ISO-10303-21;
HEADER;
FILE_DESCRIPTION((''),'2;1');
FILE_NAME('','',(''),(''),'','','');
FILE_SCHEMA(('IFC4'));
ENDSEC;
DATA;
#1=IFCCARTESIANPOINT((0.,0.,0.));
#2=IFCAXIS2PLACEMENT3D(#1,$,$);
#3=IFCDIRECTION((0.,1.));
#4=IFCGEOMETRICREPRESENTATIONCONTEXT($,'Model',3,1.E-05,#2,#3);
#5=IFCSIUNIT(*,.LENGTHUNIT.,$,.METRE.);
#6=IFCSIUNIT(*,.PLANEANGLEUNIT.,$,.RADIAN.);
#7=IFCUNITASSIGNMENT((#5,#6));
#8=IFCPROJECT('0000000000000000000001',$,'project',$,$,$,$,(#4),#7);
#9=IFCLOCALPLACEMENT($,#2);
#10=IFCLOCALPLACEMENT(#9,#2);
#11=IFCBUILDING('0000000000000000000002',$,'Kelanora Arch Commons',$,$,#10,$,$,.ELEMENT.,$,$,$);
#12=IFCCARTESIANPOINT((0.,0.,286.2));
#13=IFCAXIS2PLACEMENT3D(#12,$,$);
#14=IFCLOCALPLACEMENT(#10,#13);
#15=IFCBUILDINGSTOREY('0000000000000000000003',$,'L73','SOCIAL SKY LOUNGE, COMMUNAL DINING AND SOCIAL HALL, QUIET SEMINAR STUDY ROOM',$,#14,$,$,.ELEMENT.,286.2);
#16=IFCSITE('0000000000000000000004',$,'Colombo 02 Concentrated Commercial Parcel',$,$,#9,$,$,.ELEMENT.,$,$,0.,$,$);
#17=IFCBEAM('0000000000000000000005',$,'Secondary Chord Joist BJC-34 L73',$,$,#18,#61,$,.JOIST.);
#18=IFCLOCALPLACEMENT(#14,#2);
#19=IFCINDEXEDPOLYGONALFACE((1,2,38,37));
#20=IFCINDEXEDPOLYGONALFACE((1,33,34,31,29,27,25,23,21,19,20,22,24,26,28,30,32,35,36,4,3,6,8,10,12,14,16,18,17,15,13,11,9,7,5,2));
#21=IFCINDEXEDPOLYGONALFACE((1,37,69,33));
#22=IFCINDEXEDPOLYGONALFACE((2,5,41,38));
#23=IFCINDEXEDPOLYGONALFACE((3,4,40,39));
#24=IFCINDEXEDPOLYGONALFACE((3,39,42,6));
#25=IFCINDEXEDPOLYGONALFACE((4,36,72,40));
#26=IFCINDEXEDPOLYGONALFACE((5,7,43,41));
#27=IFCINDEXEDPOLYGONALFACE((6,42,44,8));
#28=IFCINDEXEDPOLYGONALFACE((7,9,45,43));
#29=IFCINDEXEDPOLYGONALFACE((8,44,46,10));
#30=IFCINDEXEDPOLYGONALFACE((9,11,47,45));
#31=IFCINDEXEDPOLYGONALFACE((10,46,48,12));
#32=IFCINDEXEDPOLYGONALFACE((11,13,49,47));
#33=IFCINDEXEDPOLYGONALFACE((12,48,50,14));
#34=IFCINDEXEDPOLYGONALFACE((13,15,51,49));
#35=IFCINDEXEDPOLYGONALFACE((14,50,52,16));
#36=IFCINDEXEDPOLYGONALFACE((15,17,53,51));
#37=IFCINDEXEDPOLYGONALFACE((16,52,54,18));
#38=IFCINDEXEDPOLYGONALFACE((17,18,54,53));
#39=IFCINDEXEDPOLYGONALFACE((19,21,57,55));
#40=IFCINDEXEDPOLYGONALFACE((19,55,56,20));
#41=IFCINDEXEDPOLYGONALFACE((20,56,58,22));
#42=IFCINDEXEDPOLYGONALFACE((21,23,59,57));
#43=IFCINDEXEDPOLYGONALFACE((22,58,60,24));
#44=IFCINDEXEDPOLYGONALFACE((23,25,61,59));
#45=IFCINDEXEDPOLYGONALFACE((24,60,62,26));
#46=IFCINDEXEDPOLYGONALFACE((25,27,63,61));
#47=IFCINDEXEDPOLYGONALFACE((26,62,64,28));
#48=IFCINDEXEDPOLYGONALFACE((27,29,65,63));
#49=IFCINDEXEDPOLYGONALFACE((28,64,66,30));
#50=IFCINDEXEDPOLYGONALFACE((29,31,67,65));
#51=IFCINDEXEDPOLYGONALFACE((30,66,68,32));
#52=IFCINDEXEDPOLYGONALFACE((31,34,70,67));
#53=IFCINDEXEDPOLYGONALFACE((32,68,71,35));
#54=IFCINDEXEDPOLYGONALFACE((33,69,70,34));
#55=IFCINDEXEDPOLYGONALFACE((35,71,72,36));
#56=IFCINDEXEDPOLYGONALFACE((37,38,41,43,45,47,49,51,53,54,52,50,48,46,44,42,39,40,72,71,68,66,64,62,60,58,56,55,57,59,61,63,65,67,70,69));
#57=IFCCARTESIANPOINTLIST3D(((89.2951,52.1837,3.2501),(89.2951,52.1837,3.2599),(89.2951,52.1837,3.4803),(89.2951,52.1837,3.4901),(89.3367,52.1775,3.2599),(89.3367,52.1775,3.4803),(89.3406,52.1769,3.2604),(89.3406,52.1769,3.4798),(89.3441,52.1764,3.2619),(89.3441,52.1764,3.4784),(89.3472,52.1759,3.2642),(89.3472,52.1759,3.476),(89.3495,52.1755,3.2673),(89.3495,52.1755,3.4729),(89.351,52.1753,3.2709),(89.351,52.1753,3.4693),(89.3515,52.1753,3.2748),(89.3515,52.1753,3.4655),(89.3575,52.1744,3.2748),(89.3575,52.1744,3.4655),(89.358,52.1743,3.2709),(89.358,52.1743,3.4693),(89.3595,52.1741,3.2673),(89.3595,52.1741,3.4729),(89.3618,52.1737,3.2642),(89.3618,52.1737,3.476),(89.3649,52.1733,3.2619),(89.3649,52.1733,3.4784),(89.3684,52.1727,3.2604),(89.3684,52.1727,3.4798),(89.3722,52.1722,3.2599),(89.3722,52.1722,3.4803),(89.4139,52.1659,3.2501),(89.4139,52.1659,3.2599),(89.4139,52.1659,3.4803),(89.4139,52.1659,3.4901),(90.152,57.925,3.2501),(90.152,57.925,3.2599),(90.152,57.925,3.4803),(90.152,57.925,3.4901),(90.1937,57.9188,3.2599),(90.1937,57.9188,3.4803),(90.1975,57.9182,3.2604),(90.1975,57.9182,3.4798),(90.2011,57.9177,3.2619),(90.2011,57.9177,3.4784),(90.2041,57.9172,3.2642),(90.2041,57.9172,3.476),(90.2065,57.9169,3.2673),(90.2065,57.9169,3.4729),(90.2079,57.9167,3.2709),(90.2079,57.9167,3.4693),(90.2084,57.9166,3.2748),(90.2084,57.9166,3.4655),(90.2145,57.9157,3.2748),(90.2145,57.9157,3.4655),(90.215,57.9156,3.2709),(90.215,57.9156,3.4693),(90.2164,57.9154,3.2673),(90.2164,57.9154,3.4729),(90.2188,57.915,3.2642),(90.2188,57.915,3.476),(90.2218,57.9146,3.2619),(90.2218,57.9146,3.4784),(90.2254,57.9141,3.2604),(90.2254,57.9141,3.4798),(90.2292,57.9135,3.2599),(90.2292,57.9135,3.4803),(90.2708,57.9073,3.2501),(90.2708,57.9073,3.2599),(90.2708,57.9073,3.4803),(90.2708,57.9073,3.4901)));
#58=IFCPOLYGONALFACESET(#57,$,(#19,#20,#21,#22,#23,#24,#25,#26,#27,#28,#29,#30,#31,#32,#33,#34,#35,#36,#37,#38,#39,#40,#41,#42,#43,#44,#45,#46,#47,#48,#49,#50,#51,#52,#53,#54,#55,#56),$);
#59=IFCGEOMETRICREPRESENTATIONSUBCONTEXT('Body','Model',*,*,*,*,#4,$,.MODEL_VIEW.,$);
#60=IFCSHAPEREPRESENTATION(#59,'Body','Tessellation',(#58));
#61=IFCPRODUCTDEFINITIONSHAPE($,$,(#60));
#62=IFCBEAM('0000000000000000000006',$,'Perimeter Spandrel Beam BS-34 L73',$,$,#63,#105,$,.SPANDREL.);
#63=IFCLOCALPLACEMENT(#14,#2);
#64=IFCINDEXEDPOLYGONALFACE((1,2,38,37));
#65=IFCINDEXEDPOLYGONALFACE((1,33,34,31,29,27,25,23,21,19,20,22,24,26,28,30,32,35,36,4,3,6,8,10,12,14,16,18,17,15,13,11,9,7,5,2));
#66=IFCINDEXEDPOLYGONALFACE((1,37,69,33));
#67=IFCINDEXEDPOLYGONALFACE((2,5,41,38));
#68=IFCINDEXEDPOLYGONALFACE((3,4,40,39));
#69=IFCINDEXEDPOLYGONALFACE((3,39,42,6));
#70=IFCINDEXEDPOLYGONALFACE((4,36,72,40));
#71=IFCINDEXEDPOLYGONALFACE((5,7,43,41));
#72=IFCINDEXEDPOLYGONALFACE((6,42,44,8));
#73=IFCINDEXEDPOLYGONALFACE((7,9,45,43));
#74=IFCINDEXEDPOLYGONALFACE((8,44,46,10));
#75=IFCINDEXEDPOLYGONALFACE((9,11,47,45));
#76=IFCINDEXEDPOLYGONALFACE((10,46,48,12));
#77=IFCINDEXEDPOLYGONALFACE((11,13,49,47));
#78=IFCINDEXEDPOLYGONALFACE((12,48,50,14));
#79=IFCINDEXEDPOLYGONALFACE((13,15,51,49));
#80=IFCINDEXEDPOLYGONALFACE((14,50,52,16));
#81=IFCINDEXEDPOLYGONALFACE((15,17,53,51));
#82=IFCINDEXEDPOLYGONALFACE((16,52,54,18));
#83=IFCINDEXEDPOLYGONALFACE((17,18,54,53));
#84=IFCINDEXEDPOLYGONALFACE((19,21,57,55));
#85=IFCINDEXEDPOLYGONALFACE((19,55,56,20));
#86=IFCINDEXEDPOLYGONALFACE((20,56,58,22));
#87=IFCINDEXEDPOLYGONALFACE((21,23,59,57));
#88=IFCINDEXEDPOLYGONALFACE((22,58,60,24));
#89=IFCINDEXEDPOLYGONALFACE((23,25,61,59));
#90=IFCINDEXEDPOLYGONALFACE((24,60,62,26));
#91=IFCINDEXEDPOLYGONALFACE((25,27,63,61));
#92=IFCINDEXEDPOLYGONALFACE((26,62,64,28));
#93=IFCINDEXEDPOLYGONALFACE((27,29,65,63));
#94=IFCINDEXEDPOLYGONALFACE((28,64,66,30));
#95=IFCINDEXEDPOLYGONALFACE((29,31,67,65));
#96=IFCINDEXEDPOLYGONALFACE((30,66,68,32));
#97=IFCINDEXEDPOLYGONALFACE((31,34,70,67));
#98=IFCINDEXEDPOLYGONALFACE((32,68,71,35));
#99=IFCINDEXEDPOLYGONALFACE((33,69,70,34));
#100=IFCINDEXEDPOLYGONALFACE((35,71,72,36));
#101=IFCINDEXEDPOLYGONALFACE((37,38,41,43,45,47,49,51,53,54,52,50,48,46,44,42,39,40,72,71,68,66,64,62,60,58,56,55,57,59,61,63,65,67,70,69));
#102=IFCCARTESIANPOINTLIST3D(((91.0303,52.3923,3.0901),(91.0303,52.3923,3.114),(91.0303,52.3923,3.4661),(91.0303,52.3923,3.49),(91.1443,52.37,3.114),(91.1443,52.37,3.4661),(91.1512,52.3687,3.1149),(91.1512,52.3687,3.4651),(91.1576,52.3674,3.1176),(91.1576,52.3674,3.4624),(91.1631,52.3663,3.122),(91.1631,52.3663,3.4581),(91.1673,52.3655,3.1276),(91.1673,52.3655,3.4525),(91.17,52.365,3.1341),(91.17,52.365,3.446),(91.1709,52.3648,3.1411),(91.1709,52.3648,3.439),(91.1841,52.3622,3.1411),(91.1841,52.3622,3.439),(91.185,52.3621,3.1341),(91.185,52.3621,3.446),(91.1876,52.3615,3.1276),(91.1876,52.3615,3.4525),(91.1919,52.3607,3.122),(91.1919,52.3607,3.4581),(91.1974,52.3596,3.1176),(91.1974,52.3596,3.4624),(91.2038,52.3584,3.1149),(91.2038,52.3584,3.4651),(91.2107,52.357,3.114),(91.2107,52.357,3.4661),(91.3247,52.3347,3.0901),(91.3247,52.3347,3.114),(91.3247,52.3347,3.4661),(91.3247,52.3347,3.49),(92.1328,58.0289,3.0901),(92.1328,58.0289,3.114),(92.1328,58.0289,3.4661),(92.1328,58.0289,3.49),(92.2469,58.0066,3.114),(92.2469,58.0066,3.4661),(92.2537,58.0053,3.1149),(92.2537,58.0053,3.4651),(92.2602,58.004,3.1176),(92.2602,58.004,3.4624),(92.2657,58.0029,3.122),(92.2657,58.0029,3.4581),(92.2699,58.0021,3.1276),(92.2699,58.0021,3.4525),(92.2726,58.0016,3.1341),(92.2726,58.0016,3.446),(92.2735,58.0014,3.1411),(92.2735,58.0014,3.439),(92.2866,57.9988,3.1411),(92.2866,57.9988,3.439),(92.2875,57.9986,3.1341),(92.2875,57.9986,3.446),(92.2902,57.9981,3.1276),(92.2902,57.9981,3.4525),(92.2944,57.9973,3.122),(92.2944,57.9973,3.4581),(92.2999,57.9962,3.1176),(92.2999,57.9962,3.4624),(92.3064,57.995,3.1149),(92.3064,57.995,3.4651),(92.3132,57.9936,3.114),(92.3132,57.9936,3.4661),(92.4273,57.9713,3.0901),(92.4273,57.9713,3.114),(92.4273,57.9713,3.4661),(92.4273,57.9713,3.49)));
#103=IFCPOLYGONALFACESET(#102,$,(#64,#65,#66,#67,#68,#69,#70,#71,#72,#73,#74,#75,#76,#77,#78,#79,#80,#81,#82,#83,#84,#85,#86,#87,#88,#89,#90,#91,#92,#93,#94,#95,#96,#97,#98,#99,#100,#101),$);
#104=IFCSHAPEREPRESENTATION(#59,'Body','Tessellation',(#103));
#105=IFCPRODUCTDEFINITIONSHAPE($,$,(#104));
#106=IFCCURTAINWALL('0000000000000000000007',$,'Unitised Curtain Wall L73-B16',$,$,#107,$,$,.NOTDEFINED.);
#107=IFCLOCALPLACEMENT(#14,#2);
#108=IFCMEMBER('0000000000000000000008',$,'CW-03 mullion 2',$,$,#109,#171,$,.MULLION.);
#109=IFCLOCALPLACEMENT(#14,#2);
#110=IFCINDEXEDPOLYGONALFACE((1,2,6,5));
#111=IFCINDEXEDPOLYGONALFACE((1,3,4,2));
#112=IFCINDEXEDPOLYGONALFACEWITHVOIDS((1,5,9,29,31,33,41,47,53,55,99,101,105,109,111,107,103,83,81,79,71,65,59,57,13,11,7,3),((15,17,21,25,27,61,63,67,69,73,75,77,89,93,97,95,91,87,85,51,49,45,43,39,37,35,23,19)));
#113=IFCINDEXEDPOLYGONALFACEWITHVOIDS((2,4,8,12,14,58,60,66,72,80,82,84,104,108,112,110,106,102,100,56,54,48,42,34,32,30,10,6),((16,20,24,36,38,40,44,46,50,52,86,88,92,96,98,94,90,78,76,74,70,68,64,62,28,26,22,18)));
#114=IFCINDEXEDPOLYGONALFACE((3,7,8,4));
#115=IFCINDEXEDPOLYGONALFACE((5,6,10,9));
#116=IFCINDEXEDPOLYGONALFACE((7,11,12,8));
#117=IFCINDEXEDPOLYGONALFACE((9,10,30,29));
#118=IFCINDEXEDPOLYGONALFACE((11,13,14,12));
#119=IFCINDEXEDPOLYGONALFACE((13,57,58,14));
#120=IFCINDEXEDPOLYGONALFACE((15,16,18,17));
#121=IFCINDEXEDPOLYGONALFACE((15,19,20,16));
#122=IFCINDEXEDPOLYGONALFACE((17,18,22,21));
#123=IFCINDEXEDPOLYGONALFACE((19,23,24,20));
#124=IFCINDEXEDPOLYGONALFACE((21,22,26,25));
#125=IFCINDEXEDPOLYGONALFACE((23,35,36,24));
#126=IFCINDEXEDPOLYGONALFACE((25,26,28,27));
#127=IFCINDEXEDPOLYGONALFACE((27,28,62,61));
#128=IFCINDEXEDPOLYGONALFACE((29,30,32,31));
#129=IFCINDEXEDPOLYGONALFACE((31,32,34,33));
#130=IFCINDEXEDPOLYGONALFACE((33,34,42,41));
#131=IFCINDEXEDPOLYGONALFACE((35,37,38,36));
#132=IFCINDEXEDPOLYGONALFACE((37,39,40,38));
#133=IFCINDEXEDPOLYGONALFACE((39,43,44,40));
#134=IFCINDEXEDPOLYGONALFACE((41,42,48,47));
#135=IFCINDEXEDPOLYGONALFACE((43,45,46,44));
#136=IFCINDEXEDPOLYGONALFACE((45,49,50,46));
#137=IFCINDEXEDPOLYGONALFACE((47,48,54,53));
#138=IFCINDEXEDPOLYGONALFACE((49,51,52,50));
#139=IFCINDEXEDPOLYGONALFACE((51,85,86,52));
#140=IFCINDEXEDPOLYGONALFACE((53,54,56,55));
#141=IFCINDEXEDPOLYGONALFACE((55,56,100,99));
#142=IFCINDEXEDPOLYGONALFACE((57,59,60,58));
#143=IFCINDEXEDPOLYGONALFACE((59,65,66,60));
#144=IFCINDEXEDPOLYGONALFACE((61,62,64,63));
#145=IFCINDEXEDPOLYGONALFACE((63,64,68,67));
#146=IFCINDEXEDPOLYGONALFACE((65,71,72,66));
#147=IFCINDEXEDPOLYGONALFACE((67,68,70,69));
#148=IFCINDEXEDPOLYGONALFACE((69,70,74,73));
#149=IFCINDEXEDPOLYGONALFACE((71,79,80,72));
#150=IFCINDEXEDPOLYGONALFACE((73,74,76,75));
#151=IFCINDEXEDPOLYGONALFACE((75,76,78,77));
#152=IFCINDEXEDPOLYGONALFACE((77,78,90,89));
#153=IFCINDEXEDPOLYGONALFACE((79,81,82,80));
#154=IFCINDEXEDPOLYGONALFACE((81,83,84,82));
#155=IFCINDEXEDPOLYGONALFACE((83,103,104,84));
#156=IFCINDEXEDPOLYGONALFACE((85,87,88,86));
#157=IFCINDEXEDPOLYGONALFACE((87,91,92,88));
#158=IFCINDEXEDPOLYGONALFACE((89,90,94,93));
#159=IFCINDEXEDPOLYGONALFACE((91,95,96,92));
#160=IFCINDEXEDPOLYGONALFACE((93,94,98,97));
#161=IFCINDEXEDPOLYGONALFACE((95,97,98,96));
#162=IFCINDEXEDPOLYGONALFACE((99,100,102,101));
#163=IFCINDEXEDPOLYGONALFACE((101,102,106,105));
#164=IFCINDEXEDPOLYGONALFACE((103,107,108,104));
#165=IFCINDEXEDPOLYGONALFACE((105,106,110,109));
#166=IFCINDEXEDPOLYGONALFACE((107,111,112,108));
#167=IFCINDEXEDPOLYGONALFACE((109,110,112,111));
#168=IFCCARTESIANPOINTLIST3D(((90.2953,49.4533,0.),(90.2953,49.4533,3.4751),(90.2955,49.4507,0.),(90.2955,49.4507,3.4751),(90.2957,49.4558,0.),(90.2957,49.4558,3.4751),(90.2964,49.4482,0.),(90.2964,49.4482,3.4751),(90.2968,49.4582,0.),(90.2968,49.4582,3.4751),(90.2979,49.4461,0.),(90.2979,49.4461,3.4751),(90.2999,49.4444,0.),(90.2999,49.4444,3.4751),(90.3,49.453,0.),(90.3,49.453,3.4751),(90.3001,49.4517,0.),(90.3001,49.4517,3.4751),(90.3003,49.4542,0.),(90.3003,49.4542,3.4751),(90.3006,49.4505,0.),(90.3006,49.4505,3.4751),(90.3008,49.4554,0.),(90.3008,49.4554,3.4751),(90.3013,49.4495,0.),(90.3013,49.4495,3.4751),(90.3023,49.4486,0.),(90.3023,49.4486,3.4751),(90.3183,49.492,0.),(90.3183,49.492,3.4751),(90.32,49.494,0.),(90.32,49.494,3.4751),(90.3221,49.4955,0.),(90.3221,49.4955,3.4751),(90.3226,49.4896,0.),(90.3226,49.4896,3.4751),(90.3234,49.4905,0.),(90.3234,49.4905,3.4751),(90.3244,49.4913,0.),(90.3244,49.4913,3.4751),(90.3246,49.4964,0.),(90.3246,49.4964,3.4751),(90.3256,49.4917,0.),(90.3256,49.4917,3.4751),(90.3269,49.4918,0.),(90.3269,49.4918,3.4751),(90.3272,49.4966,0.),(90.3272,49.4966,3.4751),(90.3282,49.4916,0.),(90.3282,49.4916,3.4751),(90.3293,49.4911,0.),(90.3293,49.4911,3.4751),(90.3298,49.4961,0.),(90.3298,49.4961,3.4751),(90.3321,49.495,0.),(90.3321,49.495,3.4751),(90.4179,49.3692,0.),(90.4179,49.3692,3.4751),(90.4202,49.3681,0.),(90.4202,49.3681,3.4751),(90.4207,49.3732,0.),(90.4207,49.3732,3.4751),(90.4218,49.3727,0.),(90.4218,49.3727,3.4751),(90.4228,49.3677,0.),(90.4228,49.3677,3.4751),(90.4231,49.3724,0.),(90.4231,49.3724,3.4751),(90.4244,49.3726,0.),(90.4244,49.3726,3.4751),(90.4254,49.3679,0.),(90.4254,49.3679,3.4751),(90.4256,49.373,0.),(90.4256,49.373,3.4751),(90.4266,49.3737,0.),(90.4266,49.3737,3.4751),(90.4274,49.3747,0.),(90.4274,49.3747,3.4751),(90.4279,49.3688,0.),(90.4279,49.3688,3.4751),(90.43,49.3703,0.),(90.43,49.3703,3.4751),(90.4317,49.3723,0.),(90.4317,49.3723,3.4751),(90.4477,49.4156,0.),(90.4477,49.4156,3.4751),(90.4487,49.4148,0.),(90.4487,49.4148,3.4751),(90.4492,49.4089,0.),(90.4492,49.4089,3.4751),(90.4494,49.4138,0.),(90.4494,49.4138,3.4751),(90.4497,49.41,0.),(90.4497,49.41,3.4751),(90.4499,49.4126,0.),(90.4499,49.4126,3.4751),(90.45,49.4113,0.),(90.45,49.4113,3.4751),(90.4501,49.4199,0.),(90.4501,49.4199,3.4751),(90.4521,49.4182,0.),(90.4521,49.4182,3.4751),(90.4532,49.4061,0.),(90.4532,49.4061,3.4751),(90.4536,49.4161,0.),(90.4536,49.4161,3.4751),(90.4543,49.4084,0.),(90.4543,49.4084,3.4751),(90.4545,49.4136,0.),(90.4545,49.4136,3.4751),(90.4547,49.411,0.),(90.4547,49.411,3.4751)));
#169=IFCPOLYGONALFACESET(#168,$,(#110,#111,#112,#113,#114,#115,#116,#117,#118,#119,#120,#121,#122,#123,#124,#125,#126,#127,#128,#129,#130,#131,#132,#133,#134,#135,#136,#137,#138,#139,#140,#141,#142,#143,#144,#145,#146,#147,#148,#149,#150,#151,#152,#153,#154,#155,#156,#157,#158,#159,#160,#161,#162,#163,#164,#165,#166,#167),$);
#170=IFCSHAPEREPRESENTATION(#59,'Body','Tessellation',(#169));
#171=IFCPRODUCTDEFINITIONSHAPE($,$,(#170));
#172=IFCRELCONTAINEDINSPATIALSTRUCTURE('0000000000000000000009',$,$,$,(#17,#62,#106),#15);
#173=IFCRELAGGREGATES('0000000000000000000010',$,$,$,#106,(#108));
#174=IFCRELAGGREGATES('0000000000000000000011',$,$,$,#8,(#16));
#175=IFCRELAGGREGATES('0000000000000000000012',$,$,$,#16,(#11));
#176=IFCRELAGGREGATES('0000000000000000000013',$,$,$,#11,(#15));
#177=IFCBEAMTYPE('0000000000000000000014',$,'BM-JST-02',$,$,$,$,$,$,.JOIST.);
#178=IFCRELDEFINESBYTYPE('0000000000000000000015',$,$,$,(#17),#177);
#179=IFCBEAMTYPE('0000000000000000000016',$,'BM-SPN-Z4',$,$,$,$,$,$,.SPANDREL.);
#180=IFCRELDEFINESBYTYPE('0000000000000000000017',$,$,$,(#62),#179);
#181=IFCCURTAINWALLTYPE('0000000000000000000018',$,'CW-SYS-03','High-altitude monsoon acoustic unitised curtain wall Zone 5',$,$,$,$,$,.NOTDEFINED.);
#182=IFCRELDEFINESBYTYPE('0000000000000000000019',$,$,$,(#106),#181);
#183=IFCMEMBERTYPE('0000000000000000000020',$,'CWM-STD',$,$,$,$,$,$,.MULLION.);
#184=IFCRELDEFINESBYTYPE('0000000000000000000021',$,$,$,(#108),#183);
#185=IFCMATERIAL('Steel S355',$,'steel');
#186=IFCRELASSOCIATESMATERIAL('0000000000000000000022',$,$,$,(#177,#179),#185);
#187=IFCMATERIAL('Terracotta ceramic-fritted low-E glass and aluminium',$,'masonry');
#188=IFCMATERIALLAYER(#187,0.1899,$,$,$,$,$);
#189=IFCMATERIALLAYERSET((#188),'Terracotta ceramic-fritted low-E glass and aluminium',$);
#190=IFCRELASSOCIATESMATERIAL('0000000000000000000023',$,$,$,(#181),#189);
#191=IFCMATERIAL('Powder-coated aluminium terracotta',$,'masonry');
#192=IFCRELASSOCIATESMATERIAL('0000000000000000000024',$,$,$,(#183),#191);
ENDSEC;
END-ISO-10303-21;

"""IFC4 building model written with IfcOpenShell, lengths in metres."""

from ifc_helpers import new_model, si_unit, direction, frame, origin, origin_2d, place, context, subcontext, project, spatial, hollow_rectangle, i_section, extrude, material, layer, layer_set, material_profile, profile_set, type_object, element, aggregate, save


model = new_model("IFC4")

# Units and contexts
model_context = context("Model", 3, precision=1e-05, world=origin(), true_north=direction((0.0, 1.0)))
body_context = subcontext(model_context, "Body", "Model", "MODEL_VIEW")
ifc_project = project(units=[si_unit("LENGTHUNIT", "METRE"), si_unit("PLANEANGLEUNIT", "RADIAN")], contexts=[model_context])

# Site, building, storey
site_placement = place(None, origin())
site = spatial("IfcSite", under=ifc_project, at=site_placement, Name="Colombo 02 Concentrated Commercial Parcel", CompositionType="ELEMENT", RefElevation=0.0)
building_placement = place(site_placement, origin())
building = spatial("IfcBuilding", under=site, at=building_placement, Name="Kelanora Arch Commons", CompositionType="ELEMENT")
storey_placement = place(building_placement, frame((0.0, 0.0, 286.2)))
storey = spatial("IfcBuildingStorey", under=building, at=storey_placement, Name="L73", Description="SOCIAL SKY LOUNGE, COMMUNAL DINING AND SOCIAL HALL, QUIET SEMINAR STUDY ROOM", CompositionType="ELEMENT", Elevation=286.2)

# Beams
ifc_material_1 = material(Name="Steel S355", Category="steel")
ifc_material_profile_1 = material_profile(ifc_material_1, i_section(OverallWidth=0.1201, OverallDepth=0.24, WebThickness=0.0061, FlangeThickness=0.0098, FilletRadius=0.0149, at=origin_2d()), Name="IPE240")
ifc_profile_set_1 = profile_set([ifc_material_profile_1], Name="Steel S355")
beam_type_1 = type_object("IfcBeamType", Name="BM-JST-02", PredefinedType="JOIST", material=ifc_profile_set_1)
beam_1_placement = place(storey_placement, frame((89.3545, 52.1748, 3.3701), z_axis=(0.147625, 0.989043, 0.0), x_axis=(-0.989043, 0.147625, 0.0)))
element("IfcBeam", 1, at=beam_1_placement, inside=storey, type_object=beam_type_1, Name="Secondary Chord Joist BJC-34 L73", PredefinedType="JOIST", context=body_context, shape_type="SweptSolid", body=[
    extrude(i_section(OverallWidth=0.1201, OverallDepth=0.24, WebThickness=0.0061, FlangeThickness=0.0098, FilletRadius=0.0149, at=origin_2d()), origin(), (0.0, 0.0, 1.0), 5.8049),
])
ifc_material_profile_2 = material_profile(ifc_material_1, i_section(OverallWidth=0.3, OverallDepth=0.3999, WebThickness=0.0134, FlangeThickness=0.0239, FilletRadius=0.0271, at=origin_2d()), Name="HEB400")
ifc_profile_set_2 = profile_set([ifc_material_profile_2], Name="Steel S355")
beam_type_2 = type_object("IfcBeamType", Name="BM-SPN-Z4", PredefinedType="SPANDREL", material=ifc_profile_set_2)
beam_2_placement = place(storey_placement, frame((91.1775, 52.3635, 3.29), z_axis=(0.19197, 0.981401, 0.0), x_axis=(-0.981401, 0.19197, 0.0)))
element("IfcBeam", 2, at=beam_2_placement, inside=storey, type_object=beam_type_2, Name="Perimeter Spandrel Beam BS-34 L73", PredefinedType="SPANDREL", context=body_context, shape_type="SweptSolid", body=[
    extrude(i_section(OverallWidth=0.3, OverallDepth=0.3999, WebThickness=0.0134, FlangeThickness=0.0239, FilletRadius=0.0271, at=origin_2d()), origin(), (0.0, 0.0, 1.0), 5.7434),
])

# Curtain wall, member
ifc_material_2 = material(Name="Terracotta ceramic-fritted low-E glass and aluminium", Category="masonry")
ifc_layer_1 = layer(ifc_material_2, 0.1899)
ifc_layer_set_1 = layer_set([ifc_layer_1], Name="Terracotta ceramic-fritted low-E glass and aluminium")
curtain_wall_type = type_object("IfcCurtainWallType", Name="CW-SYS-03", Description="High-altitude monsoon acoustic unitised curtain wall Zone 5", PredefinedType="NOTDEFINED", material=ifc_layer_set_1)
curtain_wall_placement = place(storey_placement, origin())
curtain_wall = element("IfcCurtainWall", 3, at=curtain_wall_placement, inside=storey, type_object=curtain_wall_type, Name="Unitised Curtain Wall L73-B16", PredefinedType="NOTDEFINED")
ifc_material_3 = material(Name="Powder-coated aluminium terracotta", Category="masonry")
ifc_material_profile_3 = material_profile(ifc_material_3, hollow_rectangle(XDim=0.1599, YDim=0.0601, WallThickness=0.0049, InnerFilletRadius=0.0049, OuterFilletRadius=0.01, at=origin_2d()), Name="CWM160x60")
ifc_profile_set_3 = profile_set([ifc_material_profile_3], Name="Powder-coated aluminium terracotta")
member_type_1 = type_object("IfcMemberType", Name="CWM-STD", PredefinedType="MULLION", material=ifc_profile_set_3)
member_1_placement = place(storey_placement, frame((90.375, 49.4321, 0.0), z_axis=(0.0, 0.0, 1.0), x_axis=(-0.843391, 0.5373, 0.0)))
member_1 = element("IfcMember", 4, at=member_1_placement, type_object=member_type_1, Name="CW-03 mullion 2", PredefinedType="MULLION", context=body_context, shape_type="SweptSolid", body=[
    extrude(hollow_rectangle(XDim=0.1599, YDim=0.0601, WallThickness=0.0049, InnerFilletRadius=0.0049, OuterFilletRadius=0.01, at=origin_2d()), origin(), (0.0, 0.0, 1.0), 3.4751),
])
aggregate(curtain_wall, [member_1])

save(model, "model.ifc")
